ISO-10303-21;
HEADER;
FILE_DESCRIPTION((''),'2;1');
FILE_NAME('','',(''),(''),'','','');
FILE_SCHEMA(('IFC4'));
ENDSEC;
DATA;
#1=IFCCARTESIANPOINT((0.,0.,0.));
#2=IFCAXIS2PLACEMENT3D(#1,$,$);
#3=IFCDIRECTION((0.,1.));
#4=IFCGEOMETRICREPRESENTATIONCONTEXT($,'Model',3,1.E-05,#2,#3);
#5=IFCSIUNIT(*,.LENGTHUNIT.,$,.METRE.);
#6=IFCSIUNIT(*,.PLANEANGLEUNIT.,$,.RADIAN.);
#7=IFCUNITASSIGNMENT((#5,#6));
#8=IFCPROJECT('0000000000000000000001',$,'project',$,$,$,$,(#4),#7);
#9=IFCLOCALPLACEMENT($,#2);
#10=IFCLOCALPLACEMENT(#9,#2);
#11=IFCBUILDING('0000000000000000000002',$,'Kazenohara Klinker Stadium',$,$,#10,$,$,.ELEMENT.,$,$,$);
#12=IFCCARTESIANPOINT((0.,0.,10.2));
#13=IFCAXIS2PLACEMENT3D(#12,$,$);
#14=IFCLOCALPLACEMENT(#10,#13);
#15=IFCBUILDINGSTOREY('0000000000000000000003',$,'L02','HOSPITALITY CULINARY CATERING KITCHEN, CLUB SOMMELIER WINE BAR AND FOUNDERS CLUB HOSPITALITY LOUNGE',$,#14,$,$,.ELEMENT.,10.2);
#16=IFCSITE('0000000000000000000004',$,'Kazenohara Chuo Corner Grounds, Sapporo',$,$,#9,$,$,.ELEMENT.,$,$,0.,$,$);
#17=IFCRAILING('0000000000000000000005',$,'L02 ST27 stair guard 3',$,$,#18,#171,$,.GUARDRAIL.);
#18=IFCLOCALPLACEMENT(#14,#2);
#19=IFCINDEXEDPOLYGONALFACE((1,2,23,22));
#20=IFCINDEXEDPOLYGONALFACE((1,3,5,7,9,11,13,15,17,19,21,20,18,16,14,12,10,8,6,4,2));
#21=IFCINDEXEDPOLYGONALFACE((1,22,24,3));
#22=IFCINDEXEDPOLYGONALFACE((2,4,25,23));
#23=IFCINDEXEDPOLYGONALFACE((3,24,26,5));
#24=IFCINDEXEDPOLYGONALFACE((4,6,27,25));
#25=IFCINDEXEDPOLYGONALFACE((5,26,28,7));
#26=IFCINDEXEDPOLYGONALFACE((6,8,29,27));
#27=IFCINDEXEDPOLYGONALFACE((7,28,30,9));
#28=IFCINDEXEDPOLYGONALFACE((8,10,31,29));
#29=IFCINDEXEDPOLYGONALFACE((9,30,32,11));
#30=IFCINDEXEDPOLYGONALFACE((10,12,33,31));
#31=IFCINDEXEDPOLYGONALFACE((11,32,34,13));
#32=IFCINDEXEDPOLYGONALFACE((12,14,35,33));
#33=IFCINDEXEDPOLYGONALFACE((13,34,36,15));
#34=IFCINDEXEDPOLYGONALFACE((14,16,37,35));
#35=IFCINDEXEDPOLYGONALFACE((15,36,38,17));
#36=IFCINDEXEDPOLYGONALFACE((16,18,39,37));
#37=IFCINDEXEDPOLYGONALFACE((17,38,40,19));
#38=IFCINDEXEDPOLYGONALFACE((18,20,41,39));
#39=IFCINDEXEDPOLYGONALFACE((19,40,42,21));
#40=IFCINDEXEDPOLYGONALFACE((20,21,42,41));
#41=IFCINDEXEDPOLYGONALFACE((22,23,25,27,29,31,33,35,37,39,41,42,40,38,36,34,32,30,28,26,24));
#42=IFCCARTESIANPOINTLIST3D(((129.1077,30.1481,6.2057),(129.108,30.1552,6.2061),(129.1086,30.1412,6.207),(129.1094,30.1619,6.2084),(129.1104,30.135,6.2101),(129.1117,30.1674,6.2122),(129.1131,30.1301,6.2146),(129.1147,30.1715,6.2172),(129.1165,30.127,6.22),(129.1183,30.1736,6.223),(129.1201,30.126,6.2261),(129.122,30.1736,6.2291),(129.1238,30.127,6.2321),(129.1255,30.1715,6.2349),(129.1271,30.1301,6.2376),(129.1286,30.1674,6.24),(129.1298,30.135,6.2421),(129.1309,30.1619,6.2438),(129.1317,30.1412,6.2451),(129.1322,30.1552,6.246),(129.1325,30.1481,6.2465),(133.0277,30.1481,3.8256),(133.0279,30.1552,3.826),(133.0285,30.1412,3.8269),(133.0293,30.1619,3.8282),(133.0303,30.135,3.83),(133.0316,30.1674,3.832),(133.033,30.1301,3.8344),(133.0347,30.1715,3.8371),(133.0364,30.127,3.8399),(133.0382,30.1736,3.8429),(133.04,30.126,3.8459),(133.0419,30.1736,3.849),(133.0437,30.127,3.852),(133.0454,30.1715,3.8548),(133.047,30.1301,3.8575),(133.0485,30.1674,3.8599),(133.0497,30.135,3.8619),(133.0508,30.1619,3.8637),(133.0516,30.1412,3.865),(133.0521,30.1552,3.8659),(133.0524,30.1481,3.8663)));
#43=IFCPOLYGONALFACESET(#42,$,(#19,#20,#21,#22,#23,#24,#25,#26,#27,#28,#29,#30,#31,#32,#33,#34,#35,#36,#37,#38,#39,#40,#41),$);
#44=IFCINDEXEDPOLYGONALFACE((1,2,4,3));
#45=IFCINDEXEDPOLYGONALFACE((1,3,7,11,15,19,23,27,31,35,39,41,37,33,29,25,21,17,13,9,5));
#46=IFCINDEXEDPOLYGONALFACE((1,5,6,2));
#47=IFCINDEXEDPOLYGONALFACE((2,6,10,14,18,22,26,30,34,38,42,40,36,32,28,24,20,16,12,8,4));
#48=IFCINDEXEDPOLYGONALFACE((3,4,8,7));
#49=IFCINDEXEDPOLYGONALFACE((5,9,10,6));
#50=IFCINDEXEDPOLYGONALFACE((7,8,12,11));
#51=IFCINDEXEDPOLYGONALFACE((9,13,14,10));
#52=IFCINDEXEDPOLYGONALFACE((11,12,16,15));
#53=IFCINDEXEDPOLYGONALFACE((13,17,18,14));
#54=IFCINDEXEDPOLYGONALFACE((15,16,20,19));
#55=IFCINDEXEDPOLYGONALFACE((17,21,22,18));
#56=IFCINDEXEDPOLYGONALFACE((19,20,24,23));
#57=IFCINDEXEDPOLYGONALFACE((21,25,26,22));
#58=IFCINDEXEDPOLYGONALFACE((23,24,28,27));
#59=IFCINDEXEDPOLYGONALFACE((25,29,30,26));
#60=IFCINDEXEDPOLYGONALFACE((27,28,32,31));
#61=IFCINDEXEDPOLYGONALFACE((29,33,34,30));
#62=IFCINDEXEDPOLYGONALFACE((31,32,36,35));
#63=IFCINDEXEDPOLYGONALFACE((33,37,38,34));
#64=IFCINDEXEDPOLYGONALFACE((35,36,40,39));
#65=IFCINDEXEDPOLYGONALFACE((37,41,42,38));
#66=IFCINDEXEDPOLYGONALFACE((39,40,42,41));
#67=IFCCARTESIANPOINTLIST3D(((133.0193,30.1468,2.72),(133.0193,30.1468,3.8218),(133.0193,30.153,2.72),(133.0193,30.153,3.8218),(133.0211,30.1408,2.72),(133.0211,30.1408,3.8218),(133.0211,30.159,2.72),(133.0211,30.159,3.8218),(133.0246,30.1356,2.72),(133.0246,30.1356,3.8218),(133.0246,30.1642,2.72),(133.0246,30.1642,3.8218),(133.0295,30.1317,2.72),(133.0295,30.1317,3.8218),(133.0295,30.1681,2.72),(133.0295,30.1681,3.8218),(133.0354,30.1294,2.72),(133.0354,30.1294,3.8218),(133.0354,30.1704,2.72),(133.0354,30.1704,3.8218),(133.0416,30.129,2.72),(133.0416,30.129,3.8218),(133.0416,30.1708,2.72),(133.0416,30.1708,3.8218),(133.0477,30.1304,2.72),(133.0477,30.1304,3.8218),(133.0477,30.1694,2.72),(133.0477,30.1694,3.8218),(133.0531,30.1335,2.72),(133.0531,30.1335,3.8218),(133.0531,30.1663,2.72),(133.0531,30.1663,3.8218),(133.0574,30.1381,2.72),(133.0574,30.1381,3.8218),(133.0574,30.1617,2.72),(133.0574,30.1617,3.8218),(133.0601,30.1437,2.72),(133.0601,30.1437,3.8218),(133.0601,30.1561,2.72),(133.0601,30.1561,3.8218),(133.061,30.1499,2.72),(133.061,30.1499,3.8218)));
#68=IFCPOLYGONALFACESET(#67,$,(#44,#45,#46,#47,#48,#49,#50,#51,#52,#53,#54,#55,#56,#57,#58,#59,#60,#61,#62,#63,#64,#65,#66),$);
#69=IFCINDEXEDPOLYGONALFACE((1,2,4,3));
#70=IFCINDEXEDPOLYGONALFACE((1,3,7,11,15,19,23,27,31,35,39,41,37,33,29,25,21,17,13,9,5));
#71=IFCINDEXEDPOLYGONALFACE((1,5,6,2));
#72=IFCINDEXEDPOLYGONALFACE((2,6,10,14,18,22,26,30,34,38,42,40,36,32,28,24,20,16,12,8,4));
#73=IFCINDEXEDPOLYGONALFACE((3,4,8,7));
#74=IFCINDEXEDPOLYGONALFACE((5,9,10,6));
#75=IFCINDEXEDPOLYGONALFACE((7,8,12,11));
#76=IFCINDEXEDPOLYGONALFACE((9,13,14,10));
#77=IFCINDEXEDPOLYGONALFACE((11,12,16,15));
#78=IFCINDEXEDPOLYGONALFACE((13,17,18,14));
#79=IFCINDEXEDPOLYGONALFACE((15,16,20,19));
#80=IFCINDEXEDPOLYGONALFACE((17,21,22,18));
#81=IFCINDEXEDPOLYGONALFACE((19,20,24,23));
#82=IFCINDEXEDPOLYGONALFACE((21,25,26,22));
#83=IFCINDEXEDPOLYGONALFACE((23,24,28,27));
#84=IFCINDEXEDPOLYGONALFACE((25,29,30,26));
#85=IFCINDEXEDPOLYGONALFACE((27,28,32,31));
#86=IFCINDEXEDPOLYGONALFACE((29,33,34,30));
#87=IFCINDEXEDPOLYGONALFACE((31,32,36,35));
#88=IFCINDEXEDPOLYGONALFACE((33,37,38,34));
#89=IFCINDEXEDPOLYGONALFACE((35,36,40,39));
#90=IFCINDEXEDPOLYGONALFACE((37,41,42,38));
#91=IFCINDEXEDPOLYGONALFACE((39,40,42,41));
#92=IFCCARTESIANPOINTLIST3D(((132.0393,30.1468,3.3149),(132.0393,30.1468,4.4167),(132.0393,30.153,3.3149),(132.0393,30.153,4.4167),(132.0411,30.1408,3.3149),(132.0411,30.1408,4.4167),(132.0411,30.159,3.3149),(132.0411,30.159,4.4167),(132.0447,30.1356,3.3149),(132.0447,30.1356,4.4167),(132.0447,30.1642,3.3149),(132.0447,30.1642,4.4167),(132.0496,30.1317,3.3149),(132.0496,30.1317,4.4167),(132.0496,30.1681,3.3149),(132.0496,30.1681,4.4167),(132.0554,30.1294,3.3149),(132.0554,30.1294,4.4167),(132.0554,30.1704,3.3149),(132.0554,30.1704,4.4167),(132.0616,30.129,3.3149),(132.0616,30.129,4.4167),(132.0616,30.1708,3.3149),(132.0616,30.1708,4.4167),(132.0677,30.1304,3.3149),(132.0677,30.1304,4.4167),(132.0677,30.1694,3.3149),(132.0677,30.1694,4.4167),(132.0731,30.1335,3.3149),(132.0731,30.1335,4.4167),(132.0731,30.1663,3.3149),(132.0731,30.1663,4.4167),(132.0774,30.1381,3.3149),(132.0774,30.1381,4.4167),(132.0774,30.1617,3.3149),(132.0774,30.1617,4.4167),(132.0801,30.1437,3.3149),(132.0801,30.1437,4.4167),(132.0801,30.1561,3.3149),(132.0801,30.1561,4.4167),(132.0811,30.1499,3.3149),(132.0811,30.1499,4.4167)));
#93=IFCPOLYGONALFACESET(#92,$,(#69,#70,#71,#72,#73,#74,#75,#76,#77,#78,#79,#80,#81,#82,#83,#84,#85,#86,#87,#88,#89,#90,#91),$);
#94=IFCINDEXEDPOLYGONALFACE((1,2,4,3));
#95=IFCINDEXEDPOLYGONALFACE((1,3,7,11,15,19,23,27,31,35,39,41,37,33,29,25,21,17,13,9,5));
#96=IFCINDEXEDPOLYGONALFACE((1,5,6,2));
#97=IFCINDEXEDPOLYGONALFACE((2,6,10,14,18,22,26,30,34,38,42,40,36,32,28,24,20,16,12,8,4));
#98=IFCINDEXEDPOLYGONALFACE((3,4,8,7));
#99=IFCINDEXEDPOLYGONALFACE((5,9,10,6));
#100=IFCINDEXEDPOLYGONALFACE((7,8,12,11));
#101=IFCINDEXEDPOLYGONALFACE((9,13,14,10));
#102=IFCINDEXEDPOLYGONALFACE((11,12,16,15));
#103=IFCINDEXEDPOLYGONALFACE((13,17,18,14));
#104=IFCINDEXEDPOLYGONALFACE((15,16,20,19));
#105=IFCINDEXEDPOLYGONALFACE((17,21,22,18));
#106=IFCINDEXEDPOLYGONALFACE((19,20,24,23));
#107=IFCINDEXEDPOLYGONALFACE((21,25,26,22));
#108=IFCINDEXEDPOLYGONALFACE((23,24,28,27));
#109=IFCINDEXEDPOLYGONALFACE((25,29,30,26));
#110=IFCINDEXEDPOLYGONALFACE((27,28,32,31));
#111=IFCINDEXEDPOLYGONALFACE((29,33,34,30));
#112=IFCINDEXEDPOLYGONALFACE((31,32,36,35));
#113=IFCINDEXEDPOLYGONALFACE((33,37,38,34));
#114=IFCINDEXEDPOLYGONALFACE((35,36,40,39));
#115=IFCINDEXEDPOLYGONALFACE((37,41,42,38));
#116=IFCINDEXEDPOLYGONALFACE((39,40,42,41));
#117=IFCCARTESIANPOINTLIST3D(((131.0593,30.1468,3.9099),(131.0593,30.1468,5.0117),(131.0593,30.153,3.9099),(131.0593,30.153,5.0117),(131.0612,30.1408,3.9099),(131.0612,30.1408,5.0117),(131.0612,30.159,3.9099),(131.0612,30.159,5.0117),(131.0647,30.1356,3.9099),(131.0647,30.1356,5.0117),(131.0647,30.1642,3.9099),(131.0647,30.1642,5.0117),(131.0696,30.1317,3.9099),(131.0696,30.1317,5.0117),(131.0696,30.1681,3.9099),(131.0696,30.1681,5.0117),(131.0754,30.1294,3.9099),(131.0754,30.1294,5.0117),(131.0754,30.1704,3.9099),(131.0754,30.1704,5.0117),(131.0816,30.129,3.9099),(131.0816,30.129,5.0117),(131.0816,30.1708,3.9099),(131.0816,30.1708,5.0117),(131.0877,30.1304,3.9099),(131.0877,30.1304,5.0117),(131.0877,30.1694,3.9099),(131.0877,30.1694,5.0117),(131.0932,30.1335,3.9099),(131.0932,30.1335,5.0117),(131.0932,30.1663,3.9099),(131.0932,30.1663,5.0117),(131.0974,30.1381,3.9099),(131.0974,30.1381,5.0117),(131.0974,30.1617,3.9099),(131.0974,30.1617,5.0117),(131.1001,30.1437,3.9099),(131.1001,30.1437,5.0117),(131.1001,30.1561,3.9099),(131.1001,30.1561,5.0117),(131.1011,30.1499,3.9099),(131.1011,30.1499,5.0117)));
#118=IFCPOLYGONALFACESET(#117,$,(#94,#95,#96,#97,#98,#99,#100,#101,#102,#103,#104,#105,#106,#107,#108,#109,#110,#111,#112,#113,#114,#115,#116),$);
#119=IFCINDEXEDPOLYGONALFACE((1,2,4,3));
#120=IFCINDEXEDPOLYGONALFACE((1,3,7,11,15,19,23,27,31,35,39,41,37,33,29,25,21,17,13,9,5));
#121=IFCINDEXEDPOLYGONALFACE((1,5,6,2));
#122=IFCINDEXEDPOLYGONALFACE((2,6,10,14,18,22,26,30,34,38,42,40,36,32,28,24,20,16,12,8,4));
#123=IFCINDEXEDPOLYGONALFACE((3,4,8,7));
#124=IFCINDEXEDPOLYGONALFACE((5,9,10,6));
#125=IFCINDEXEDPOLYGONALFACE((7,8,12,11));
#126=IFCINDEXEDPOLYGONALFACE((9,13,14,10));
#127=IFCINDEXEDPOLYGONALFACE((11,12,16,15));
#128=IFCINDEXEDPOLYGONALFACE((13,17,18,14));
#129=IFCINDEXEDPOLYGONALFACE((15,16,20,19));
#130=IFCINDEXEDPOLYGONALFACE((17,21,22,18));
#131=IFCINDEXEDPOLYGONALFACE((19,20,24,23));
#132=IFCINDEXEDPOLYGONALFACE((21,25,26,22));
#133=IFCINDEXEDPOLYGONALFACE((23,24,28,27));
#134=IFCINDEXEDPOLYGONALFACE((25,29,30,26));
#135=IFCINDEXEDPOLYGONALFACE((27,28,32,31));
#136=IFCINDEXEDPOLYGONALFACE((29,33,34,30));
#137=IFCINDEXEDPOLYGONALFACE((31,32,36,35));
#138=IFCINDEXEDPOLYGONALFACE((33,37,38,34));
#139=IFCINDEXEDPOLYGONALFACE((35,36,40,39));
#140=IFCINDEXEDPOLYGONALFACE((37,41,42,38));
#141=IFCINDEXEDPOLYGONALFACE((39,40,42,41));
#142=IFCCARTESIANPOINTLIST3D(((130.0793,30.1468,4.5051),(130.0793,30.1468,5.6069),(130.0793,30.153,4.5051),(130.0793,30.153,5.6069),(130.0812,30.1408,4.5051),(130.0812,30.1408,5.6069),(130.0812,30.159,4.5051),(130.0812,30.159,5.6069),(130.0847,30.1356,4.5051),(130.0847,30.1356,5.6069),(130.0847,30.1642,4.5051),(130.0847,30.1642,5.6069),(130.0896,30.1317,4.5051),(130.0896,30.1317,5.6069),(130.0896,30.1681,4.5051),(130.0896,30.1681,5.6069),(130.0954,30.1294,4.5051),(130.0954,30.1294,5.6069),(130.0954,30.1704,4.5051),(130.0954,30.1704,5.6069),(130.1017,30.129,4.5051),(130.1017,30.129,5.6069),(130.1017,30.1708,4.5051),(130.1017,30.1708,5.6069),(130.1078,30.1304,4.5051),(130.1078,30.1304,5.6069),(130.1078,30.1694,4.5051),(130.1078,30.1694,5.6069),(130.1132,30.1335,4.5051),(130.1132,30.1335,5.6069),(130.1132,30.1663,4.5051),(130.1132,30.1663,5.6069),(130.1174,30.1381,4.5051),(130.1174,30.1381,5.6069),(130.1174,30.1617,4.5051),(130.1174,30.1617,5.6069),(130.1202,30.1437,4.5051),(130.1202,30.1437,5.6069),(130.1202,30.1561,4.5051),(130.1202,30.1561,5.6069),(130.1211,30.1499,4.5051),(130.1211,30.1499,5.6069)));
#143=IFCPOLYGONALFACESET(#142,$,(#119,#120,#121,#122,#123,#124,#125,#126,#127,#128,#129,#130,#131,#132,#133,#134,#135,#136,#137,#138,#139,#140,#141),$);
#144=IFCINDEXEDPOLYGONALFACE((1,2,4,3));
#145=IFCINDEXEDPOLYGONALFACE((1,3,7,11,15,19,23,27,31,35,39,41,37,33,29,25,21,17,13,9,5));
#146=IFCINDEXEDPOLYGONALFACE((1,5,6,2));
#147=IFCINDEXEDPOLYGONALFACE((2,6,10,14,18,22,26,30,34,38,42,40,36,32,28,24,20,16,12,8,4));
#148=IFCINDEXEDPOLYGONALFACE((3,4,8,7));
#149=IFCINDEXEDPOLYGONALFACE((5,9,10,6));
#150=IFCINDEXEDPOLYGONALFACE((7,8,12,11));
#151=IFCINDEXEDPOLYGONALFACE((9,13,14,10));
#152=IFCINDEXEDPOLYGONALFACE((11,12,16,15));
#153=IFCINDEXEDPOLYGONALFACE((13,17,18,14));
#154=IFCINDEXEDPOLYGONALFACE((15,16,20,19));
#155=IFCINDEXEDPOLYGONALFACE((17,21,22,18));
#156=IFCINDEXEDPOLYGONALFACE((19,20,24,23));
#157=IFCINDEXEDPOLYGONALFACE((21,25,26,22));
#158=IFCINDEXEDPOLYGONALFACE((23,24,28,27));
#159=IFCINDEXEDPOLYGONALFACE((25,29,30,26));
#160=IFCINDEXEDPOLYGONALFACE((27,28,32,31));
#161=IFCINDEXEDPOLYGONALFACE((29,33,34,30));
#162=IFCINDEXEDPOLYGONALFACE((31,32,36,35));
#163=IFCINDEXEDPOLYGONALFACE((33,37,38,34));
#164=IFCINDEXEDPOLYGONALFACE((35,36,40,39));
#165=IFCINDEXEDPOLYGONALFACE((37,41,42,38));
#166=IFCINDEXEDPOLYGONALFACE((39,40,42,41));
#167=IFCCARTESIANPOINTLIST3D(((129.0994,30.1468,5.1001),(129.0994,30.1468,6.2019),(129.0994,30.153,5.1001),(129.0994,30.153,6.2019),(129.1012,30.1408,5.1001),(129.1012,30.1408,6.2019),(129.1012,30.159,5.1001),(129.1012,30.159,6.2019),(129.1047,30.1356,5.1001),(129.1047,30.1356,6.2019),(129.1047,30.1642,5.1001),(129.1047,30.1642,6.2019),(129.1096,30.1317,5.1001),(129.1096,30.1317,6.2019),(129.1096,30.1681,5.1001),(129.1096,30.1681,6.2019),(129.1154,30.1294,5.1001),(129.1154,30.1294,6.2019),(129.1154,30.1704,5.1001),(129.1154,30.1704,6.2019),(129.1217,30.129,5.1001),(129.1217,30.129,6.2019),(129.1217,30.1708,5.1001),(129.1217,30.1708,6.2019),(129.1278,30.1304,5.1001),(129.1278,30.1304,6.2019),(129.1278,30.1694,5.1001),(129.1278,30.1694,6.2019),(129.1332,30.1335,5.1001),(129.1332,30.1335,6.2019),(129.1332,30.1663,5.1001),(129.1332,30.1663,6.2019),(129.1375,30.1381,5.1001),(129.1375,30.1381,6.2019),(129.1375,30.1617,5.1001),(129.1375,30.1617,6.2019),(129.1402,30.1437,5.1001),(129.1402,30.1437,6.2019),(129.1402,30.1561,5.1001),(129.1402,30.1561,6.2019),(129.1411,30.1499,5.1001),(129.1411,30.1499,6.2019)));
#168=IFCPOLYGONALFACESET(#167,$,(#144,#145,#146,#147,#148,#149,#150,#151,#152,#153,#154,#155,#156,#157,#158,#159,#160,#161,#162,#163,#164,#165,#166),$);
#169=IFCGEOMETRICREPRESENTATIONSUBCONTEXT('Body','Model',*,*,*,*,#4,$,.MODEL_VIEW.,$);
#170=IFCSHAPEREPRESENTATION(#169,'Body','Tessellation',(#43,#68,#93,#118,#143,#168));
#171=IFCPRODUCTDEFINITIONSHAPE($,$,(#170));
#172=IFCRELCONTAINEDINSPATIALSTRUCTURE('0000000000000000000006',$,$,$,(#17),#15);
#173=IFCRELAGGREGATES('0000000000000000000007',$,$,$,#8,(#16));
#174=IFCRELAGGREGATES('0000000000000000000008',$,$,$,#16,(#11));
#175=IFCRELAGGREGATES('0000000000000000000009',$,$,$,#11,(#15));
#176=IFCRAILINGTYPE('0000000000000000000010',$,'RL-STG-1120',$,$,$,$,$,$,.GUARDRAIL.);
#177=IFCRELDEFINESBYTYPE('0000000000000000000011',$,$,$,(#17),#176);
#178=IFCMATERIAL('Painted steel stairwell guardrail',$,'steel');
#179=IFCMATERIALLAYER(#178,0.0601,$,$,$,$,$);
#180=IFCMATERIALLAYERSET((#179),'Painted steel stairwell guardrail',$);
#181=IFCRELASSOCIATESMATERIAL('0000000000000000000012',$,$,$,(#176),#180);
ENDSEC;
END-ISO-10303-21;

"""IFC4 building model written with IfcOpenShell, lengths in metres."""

from ifc_helpers import new_model, si_unit, direction, frame, origin, origin_2d, place, context, subcontext, project, spatial, circle, extrude, material, layer, layer_set, type_object, element, save


model = new_model("IFC4")

# Units and contexts
model_context = context("Model", 3, precision=1e-05, world=origin(), true_north=direction((0.0, 1.0)))
body_context = subcontext(model_context, "Body", "Model", "MODEL_VIEW")
ifc_project = project(units=[si_unit("LENGTHUNIT", "METRE"), si_unit("PLANEANGLEUNIT", "RADIAN")], contexts=[model_context])

# Site, building, storey
site_placement = place(None, origin())
site = spatial("IfcSite", under=ifc_project, at=site_placement, Name="Kazenohara Chuo Corner Grounds, Sapporo", CompositionType="ELEMENT", RefElevation=0.0)
building_placement = place(site_placement, origin())
building = spatial("IfcBuilding", under=site, at=building_placement, Name="Kazenohara Klinker Stadium", CompositionType="ELEMENT")
storey_placement = place(building_placement, frame((0.0, 0.0, 10.2)))
storey = spatial("IfcBuildingStorey", under=building, at=storey_placement, Name="L02", Description="HOSPITALITY CULINARY CATERING KITCHEN, CLUB SOMMELIER WINE BAR AND FOUNDERS CLUB HOSPITALITY LOUNGE", CompositionType="ELEMENT", Elevation=10.2)

# Railing
ifc_material_1 = material(Name="Painted steel stairwell guardrail", Category="steel")
ifc_layer_1 = layer(ifc_material_1, 0.0601)
ifc_layer_set_1 = layer_set([ifc_layer_1], Name="Painted steel stairwell guardrail")
railing_type_1 = type_object("IfcRailingType", Name="RL-STG-1120", PredefinedType="GUARDRAIL", material=ifc_layer_set_1)
railing_1_placement = place(storey_placement, frame((133.04, 30.1499, 2.72)))
element("IfcRailing", 1, at=railing_1_placement, inside=storey, type_object=railing_type_1, Name="L02 ST27 stair guard 3", PredefinedType="GUARDRAIL", context=body_context, shape_type="SweptSolid", body=[
    extrude(circle(Radius=0.0239, at=origin_2d()), frame((0.0, 0.0, 1.126), z_axis=(-0.854771, 0.0, 0.519006), x_axis=(0.0, -1.0, 0.0)), (0.0, 0.0, 1.0), 4.5859),
    extrude(circle(Radius=0.021, at=origin_2d()), origin(), (0.0, 0.0, 1.0), 1.1018),
    extrude(circle(Radius=0.021, at=origin_2d()), frame((-0.98, 0.0, 0.595)), (0.0, 0.0, 1.0), 1.1018),
    extrude(circle(Radius=0.021, at=origin_2d()), frame((-1.96, 0.0, 1.1899)), (0.0, 0.0, 1.0), 1.1018),
    extrude(circle(Radius=0.021, at=origin_2d()), frame((-2.9399, 0.0, 1.7852)), (0.0, 0.0, 1.0), 1.1018),
    extrude(circle(Radius=0.021, at=origin_2d()), frame((-3.9199, 0.0, 2.3801)), (0.0, 0.0, 1.0), 1.1018),
])

save(model, "model.ifc")
